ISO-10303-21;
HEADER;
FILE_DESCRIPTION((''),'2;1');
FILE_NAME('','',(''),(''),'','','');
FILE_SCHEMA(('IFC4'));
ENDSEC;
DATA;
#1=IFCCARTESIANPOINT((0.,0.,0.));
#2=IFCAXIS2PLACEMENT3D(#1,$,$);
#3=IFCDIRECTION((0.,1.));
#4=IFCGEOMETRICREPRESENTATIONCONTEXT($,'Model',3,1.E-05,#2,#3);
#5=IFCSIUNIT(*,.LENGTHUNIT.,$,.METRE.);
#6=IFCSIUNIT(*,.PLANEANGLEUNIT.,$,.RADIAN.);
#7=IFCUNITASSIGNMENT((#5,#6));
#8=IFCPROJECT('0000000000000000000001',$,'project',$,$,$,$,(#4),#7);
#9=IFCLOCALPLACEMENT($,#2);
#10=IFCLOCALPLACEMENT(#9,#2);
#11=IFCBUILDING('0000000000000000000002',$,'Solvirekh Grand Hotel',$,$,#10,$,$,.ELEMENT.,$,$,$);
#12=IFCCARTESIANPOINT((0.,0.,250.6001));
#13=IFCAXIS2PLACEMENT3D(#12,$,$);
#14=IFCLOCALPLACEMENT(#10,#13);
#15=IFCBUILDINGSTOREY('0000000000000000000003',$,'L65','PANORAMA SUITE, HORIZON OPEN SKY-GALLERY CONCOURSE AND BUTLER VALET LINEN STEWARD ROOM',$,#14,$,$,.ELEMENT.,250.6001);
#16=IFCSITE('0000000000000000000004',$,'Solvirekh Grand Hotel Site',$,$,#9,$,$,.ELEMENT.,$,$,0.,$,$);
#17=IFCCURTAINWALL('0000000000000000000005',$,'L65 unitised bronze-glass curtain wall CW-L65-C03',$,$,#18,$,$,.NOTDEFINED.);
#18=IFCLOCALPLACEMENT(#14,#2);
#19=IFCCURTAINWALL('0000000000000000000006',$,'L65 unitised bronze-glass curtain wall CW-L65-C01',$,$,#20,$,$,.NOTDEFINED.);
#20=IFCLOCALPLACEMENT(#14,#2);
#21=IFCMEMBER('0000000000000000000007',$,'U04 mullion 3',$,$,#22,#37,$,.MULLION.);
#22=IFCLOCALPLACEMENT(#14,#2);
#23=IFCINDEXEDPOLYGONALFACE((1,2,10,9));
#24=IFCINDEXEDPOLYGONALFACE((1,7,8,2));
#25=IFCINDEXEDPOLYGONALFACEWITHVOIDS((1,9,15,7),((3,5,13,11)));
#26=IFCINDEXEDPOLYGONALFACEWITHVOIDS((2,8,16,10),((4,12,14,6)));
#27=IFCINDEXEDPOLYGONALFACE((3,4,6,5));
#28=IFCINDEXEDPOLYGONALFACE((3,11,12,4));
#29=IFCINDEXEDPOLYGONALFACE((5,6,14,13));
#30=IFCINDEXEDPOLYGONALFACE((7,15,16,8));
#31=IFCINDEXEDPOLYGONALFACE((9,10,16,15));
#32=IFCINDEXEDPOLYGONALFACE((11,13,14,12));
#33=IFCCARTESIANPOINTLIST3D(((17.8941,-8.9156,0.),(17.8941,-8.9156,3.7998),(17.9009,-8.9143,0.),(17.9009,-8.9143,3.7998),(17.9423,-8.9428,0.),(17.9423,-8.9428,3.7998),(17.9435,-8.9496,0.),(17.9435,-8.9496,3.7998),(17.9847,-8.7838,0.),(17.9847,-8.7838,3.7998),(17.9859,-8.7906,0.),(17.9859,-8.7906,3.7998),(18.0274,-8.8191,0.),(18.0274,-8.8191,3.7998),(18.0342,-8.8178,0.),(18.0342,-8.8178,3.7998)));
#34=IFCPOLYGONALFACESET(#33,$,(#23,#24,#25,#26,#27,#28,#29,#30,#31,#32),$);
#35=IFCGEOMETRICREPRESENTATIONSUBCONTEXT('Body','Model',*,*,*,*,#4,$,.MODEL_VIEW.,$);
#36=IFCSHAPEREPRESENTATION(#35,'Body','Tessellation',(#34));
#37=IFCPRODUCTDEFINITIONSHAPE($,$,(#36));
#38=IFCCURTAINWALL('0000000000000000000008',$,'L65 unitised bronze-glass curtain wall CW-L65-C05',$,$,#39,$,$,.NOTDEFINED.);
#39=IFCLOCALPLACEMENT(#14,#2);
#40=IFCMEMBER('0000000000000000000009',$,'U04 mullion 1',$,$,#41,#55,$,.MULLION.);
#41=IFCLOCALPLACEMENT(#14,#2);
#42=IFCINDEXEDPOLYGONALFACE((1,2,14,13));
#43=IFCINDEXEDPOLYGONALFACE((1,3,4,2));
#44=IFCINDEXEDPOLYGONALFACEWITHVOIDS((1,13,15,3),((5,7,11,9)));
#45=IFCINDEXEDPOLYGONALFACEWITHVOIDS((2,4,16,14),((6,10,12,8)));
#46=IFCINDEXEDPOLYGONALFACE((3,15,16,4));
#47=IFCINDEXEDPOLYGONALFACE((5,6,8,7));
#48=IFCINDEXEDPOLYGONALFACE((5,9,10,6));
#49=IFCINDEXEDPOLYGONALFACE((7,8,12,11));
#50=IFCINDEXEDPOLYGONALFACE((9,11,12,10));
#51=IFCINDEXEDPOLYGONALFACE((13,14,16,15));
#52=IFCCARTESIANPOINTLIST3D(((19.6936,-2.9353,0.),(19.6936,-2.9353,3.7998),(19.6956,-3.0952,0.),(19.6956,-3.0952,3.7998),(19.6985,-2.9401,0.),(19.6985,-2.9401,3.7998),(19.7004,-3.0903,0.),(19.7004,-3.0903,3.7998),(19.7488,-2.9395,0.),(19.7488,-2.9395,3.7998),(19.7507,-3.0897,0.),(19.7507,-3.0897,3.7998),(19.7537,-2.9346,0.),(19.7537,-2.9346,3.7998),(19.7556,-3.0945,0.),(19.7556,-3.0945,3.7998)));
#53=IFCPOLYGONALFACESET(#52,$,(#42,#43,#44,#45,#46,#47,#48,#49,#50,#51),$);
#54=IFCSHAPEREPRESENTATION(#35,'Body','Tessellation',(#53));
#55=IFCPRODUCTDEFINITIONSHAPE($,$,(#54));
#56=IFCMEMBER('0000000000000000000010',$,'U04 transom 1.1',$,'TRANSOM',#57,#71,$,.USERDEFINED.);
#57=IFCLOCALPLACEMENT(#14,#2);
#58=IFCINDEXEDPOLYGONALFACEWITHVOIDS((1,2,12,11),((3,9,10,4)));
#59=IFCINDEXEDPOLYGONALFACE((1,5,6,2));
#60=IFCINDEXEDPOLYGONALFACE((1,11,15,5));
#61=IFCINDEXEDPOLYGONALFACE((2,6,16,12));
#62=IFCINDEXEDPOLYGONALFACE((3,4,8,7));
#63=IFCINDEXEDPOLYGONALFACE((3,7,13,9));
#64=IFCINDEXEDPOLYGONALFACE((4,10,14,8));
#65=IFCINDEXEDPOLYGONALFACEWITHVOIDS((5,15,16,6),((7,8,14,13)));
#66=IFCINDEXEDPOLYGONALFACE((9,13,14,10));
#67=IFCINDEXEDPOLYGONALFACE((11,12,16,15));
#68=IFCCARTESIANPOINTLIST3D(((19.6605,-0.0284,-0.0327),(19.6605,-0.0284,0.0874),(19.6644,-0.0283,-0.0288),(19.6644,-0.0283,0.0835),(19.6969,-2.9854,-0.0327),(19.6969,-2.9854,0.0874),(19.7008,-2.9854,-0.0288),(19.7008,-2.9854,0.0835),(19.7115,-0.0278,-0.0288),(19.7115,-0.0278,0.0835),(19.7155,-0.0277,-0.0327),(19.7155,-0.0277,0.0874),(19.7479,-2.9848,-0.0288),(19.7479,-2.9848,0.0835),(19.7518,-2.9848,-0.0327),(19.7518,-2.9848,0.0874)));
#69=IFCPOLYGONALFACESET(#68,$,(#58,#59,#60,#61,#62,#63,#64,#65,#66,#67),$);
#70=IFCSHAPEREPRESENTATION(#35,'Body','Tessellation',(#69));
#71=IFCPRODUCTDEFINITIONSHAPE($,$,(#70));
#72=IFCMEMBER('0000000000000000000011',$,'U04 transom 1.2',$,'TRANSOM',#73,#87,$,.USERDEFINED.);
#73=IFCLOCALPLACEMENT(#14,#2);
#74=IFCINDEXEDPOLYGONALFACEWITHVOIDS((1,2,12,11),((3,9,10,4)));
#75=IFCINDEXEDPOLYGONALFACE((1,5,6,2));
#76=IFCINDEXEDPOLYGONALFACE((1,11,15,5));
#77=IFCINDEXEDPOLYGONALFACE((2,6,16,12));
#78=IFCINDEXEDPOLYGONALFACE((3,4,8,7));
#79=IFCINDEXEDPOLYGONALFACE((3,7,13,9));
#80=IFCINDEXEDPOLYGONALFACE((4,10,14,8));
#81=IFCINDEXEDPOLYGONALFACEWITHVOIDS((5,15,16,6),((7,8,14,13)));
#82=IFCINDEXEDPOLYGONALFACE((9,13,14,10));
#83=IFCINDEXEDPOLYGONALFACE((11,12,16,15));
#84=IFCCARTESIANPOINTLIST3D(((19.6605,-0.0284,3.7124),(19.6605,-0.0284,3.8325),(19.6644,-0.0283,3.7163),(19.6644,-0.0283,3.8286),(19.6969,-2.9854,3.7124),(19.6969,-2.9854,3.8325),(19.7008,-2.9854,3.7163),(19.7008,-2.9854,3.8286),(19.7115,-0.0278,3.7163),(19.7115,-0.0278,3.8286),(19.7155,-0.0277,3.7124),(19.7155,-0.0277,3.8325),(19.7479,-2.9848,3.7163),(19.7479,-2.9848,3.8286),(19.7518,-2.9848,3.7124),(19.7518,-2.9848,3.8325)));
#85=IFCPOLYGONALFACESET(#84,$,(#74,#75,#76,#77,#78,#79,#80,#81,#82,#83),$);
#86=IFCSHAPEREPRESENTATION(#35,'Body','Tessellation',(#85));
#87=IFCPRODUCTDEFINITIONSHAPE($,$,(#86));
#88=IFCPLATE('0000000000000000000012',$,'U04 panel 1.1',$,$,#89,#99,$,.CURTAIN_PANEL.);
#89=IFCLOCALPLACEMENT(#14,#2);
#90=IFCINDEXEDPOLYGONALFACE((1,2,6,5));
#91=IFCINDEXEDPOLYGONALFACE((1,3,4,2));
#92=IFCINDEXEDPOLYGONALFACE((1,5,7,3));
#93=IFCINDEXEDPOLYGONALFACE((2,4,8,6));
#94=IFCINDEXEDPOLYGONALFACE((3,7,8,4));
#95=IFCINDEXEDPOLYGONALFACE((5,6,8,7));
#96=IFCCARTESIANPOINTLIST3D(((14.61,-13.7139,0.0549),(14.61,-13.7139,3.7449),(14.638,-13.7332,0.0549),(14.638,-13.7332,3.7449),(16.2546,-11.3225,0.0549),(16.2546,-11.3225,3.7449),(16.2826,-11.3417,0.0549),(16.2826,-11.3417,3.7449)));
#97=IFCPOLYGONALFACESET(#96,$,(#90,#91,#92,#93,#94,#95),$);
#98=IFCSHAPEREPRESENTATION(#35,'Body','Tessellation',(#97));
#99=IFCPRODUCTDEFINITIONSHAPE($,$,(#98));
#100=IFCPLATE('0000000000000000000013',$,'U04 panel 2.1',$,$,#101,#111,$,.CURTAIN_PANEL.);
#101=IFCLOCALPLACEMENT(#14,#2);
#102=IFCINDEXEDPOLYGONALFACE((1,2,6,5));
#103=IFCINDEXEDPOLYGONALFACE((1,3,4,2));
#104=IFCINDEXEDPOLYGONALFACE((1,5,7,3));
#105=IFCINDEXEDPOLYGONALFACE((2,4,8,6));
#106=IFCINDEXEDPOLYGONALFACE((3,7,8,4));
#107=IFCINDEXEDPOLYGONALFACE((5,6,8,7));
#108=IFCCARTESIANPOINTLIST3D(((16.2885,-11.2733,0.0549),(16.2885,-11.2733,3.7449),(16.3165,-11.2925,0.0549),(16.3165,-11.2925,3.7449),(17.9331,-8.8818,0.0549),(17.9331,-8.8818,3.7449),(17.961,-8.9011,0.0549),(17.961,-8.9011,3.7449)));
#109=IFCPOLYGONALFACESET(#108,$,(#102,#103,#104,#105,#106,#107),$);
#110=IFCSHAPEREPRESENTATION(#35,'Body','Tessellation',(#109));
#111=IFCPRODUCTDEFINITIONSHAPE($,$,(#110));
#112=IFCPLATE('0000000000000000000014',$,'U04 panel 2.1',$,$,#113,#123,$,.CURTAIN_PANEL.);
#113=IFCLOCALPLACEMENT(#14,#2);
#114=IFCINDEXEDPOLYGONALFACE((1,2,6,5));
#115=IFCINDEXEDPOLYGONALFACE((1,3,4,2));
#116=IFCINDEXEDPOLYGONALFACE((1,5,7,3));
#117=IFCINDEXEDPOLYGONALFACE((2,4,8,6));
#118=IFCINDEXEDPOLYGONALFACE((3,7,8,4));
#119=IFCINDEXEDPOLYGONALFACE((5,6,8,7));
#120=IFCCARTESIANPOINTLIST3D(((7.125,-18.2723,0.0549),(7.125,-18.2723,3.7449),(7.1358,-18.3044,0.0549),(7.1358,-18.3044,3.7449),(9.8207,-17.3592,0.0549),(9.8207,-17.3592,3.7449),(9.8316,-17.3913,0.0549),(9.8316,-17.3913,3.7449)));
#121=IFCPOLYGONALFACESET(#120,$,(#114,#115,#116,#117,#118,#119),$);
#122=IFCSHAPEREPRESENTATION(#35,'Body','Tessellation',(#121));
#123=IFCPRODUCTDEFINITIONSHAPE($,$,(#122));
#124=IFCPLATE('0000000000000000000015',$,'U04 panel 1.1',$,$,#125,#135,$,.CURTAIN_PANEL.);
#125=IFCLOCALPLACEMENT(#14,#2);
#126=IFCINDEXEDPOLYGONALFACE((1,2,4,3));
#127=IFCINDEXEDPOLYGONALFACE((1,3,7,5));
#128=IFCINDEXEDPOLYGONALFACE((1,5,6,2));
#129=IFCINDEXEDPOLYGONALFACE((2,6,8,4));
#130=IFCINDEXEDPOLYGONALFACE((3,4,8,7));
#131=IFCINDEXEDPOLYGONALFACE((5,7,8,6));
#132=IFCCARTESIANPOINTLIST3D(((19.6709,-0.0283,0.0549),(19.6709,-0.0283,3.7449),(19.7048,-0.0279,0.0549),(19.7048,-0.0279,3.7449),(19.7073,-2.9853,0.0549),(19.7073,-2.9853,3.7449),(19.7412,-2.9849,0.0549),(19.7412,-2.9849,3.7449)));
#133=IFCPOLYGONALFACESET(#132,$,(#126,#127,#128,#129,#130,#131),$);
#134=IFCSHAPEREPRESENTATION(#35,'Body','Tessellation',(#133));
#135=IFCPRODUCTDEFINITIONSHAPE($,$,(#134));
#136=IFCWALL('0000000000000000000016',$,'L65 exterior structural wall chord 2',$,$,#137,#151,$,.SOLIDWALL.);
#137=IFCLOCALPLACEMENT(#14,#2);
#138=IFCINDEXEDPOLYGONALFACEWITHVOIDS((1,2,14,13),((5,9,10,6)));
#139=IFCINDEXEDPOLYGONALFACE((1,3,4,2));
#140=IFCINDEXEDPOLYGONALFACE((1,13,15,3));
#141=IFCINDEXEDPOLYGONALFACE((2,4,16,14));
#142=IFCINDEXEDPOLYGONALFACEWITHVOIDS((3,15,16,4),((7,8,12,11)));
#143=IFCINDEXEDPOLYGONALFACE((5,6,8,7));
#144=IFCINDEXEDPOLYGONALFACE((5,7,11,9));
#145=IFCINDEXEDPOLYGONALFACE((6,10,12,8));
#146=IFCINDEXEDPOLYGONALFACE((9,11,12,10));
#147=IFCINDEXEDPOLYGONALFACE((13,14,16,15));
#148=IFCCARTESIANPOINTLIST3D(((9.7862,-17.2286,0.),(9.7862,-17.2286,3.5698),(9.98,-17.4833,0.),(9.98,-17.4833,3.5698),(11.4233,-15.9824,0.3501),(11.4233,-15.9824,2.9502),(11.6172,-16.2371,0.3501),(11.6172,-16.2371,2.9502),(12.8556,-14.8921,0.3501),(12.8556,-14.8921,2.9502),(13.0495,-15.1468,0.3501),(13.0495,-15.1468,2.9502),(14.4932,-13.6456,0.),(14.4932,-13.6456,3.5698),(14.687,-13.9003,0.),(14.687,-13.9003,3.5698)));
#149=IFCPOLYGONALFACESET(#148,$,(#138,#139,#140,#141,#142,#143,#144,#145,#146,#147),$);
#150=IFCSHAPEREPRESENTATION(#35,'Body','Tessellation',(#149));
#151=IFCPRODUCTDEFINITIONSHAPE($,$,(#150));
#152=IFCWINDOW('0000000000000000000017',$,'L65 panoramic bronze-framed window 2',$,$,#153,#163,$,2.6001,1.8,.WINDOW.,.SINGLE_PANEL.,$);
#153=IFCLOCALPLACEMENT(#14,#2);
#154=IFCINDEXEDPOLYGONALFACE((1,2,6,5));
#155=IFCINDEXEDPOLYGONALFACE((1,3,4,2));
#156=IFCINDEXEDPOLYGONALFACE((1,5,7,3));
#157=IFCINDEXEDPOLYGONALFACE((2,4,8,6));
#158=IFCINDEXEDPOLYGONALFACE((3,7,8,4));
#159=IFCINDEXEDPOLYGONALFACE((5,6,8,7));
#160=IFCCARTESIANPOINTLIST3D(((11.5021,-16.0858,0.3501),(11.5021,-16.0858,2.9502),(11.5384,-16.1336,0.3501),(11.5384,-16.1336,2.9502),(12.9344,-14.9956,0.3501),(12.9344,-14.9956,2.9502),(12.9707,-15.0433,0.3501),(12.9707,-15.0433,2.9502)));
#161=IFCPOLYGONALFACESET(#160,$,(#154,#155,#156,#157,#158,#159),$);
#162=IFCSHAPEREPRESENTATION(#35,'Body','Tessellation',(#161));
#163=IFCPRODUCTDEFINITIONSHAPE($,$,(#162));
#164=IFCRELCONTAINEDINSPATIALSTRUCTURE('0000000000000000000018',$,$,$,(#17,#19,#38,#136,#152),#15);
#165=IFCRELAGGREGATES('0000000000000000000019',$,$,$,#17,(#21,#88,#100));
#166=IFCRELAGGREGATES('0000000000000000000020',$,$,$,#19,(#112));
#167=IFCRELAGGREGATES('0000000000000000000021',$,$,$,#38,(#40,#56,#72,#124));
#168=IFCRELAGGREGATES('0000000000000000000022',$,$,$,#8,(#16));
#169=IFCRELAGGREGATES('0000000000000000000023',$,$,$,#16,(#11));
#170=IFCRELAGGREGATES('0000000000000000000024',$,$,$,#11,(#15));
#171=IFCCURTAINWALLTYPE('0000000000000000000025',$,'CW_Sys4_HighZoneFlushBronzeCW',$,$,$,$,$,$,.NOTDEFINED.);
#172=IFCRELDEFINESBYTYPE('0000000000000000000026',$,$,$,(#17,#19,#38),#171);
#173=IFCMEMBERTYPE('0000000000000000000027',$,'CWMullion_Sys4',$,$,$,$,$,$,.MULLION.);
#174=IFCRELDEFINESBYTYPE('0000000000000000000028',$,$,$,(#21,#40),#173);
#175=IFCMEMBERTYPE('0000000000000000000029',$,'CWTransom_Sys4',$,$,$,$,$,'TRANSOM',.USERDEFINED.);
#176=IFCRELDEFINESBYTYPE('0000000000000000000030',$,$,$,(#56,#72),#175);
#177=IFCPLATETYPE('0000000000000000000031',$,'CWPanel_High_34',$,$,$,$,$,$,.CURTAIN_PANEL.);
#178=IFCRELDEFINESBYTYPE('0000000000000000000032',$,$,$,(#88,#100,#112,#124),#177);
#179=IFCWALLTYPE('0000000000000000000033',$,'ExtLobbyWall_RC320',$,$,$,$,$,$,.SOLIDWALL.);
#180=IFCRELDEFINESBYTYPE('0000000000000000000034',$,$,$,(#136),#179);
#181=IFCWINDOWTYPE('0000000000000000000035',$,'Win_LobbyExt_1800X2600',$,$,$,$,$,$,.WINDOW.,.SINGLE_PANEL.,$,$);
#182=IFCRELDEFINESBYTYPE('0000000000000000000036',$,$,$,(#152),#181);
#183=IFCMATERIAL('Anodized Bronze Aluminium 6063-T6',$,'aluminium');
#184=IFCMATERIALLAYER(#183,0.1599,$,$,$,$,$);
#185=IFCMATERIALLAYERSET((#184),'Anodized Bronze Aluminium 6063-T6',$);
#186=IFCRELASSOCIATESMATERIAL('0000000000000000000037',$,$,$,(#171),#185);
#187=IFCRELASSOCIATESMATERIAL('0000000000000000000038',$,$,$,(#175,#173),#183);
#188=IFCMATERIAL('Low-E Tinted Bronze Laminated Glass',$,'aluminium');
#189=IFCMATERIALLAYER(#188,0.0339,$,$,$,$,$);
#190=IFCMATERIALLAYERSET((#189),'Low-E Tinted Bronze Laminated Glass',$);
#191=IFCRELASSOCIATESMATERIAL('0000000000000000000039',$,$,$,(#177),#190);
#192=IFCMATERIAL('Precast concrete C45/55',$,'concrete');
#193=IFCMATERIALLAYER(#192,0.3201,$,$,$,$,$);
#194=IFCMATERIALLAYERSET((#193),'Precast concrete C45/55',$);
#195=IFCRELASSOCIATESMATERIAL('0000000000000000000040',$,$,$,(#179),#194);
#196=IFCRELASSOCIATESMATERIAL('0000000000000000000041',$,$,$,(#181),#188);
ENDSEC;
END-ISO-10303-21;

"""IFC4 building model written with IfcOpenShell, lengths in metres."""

from ifc_helpers import new_model, si_unit, direction, frame, frame_2d, origin, origin_2d, place, context, subcontext, project, spatial, rectangle, hollow_rectangle, extrude, source, transform, mapped, material, layer, layer_set, material_profile, profile_set, type_object, element, fill, aggregate, save


model = new_model("IFC4")

# Units and contexts
model_context = context("Model", 3, precision=1e-05, world=origin(), true_north=direction((0.0, 1.0)))
body_context = subcontext(model_context, "Body", "Model", "MODEL_VIEW")
ifc_project = project(units=[si_unit("LENGTHUNIT", "METRE"), si_unit("PLANEANGLEUNIT", "RADIAN")], contexts=[model_context])

# Site, building, storey
site_placement = place(None, origin())
site = spatial("IfcSite", under=ifc_project, at=site_placement, Name="Solvirekh Grand Hotel Site", CompositionType="ELEMENT", RefElevation=0.0)
building_placement = place(site_placement, origin())
building = spatial("IfcBuilding", under=site, at=building_placement, Name="Solvirekh Grand Hotel", CompositionType="ELEMENT")
storey_placement = place(building_placement, frame((0.0, 0.0, 250.6001)))
storey = spatial("IfcBuildingStorey", under=building, at=storey_placement, Name="L65", Description="PANORAMA SUITE, HORIZON OPEN SKY-GALLERY CONCOURSE AND BUTLER VALET LINEN STEWARD ROOM", CompositionType="ELEMENT", Elevation=250.6001)

# Curtain wall
ifc_material_1 = material(Name="Anodized Bronze Aluminium 6063-T6", Category="aluminium")
ifc_layer_1 = layer(ifc_material_1, 0.1599)
ifc_layer_set_1 = layer_set([ifc_layer_1], Name="Anodized Bronze Aluminium 6063-T6")
curtain_wall_type = type_object("IfcCurtainWallType", Name="CW_Sys4_HighZoneFlushBronzeCW", PredefinedType="NOTDEFINED", material=ifc_layer_set_1)
curtain_wall_1_placement = place(storey_placement, origin())
curtain_wall_1 = element("IfcCurtainWall", 1, at=curtain_wall_1_placement, inside=storey, type_object=curtain_wall_type, Name="L65 unitised bronze-glass curtain wall CW-L65-C03", PredefinedType="NOTDEFINED")
ifc_material_profile_1 = material_profile(ifc_material_1, hollow_rectangle(XDim=0.0549, YDim=0.1201, WallThickness=0.0039, at=origin_2d()), Name="ALU RHS 120X55X4")
ifc_profile_set_1 = profile_set([ifc_material_profile_1], Name="Anodized Bronze Aluminium 6063-T6")
member_type_1 = type_object("IfcMemberType", Name="CWTransom_Sys4", ElementType="TRANSOM", PredefinedType="USERDEFINED", material=ifc_profile_set_1)

# Curtain wall
curtain_wall_2_placement = place(storey_placement, origin())
curtain_wall_2 = element("IfcCurtainWall", 2, at=curtain_wall_2_placement, inside=storey, type_object=curtain_wall_type, Name="L65 unitised bronze-glass curtain wall CW-L65-C01", PredefinedType="NOTDEFINED")
ifc_material_profile_2 = material_profile(ifc_material_1, hollow_rectangle(XDim=0.0601, YDim=0.1599, WallThickness=0.0049, at=origin_2d()), Name="ALU RHS 160X60X5")
ifc_profile_set_2 = profile_set([ifc_material_profile_2], Name="Anodized Bronze Aluminium 6063-T6")
member_type_2 = type_object("IfcMemberType", Name="CWMullion_Sys4", PredefinedType="MULLION", material=ifc_profile_set_2)
shared_shape_1 = source(origin(), body_context, "Body", "SweptSolid", [
    extrude(hollow_rectangle(XDim=0.0601, YDim=0.1599, WallThickness=0.0049, at=origin_2d()), origin(), (0.0, 0.0, 1.0), 3.7998),
])

# Member
member_1_placement = place(storey_placement, frame((17.9641, -8.8667, 0.0), z_axis=(0.0, 0.0, 1.0), x_axis=(-0.823969, 0.566635, 0.0)))
member_1 = element("IfcMember", 3, at=member_1_placement, type_object=member_type_2, Name="U04 mullion 3", PredefinedType="MULLION", context=body_context, shape_type="MappedRepresentation", body=[
    mapped(shared_shape_1, transform((0.0, 0.0, 0.0), x_axis=(1.0, 0.0, 0.0), y_axis=(0.0, 1.0, 0.0), z_axis=(0.0, 0.0, 1.0), scale=1.0)),
])

# Curtain wall, members
curtain_wall_3_placement = place(storey_placement, origin())
curtain_wall_3 = element("IfcCurtainWall", 4, at=curtain_wall_3_placement, inside=storey, type_object=curtain_wall_type, Name="L65 unitised bronze-glass curtain wall CW-L65-C05", PredefinedType="NOTDEFINED")
member_2_placement = place(storey_placement, frame((19.7246, -3.0149, 0.0), z_axis=(0.0, 0.0, 1.0), x_axis=(-0.999924, -0.012306, 0.0)))
member_2 = element("IfcMember", 5, at=member_2_placement, type_object=member_type_2, Name="U04 mullion 1", PredefinedType="MULLION", context=body_context, shape_type="MappedRepresentation", body=[
    mapped(shared_shape_1, transform((0.0, 0.0, 0.0), x_axis=(1.0, 0.0, 0.0), y_axis=(0.0, 1.0, 0.0), z_axis=(0.0, 0.0, 1.0), scale=1.0)),
])
shared_shape_2 = source(origin(), body_context, "Body", "SweptSolid", [
    extrude(hollow_rectangle(XDim=0.0549, YDim=0.1201, WallThickness=0.0039, at=origin_2d()), origin(), (0.0, 0.0, 1.0), 2.9573),
])
member_3_placement = place(storey_placement, frame((19.7244, -2.9851, 0.0273), z_axis=(-0.012301, 0.999924, 0.0), x_axis=(-0.999924, -0.012301, 0.0)))
member_3 = element("IfcMember", 6, at=member_3_placement, type_object=member_type_1, Name="U04 transom 1.1", ObjectType="TRANSOM", PredefinedType="USERDEFINED", context=body_context, shape_type="MappedRepresentation", body=[
    mapped(shared_shape_2, transform((0.0, 0.0, 0.0), x_axis=(1.0, 0.0, 0.0), y_axis=(0.0, 1.0, 0.0), z_axis=(0.0, 0.0, 1.0), scale=1.0)),
])
member_4_placement = place(storey_placement, frame((19.7244, -2.9851, 3.7725), z_axis=(-0.012301, 0.999924, 0.0), x_axis=(-0.999924, -0.012301, 0.0)))
member_4 = element("IfcMember", 7, at=member_4_placement, type_object=member_type_1, Name="U04 transom 1.2", ObjectType="TRANSOM", PredefinedType="USERDEFINED", context=body_context, shape_type="MappedRepresentation", body=[
    mapped(shared_shape_2, transform((0.0, 0.0, 0.0), x_axis=(1.0, 0.0, 0.0), y_axis=(0.0, 1.0, 0.0), z_axis=(0.0, 0.0, 1.0), scale=1.0)),
])

# Plates
ifc_material_2 = material(Name="Low-E Tinted Bronze Laminated Glass", Category="aluminium")
ifc_layer_2 = layer(ifc_material_2, 0.0339)
ifc_layer_set_2 = layer_set([ifc_layer_2], Name="Low-E Tinted Bronze Laminated Glass")
plate_type = type_object("IfcPlateType", Name="CWPanel_High_34", PredefinedType="CURTAIN_PANEL", material=ifc_layer_set_2)
shared_shape_3 = source(origin(), body_context, "Body", "SweptSolid", [
    extrude(rectangle(XDim=2.9023, YDim=0.0339, at=origin_2d()), origin(), (0.0, 0.0, 1.0), 3.6899),
])
plate_1_placement = place(storey_placement, frame((15.4463, -12.5278, 0.0549), z_axis=(0.0, 0.0, 1.0), x_axis=(0.566635, 0.823969, 0.0)))
plate_1 = element("IfcPlate", 8, at=plate_1_placement, type_object=plate_type, Name="U04 panel 1.1", PredefinedType="CURTAIN_PANEL", context=body_context, shape_type="MappedRepresentation", body=[
    mapped(shared_shape_3, transform((0.0, 0.0, 0.0), x_axis=(1.0, 0.0, 0.0), y_axis=(0.0, 1.0, 0.0), z_axis=(0.0, 0.0, 1.0), scale=1.0)),
])
plate_2_placement = place(storey_placement, frame((17.1248, -10.0872, 0.0549), z_axis=(0.0, 0.0, 1.0), x_axis=(0.566635, 0.823969, 0.0)))
plate_2 = element("IfcPlate", 9, at=plate_2_placement, type_object=plate_type, Name="U04 panel 2.1", PredefinedType="CURTAIN_PANEL", context=body_context, shape_type="MappedRepresentation", body=[
    mapped(shared_shape_3, transform((0.0, 0.0, 0.0), x_axis=(1.0, 0.0, 0.0), y_axis=(0.0, 1.0, 0.0), z_axis=(0.0, 0.0, 1.0), scale=1.0)),
])
aggregate(curtain_wall_1, [member_1, plate_1, plate_2])
shared_shape_4 = source(origin(), body_context, "Body", "SweptSolid", [
    extrude(rectangle(XDim=2.8462, YDim=0.0339, at=origin_2d()), origin(), (0.0, 0.0, 1.0), 3.6899),
])
plate_3_placement = place(storey_placement, frame((8.4783, -17.8318, 0.0549), z_axis=(0.0, 0.0, 1.0), x_axis=(0.94714, 0.320822, 0.0)))
plate_3 = element("IfcPlate", 10, at=plate_3_placement, type_object=plate_type, Name="U04 panel 2.1", PredefinedType="CURTAIN_PANEL", context=body_context, shape_type="MappedRepresentation", body=[
    mapped(shared_shape_4, transform((0.0, 0.0, 0.0), x_axis=(1.0, 0.0, 0.0), y_axis=(0.0, 1.0, 0.0), z_axis=(0.0, 0.0, 1.0), scale=1.0)),
])
aggregate(curtain_wall_2, [plate_3])
shared_shape_5 = source(origin(), body_context, "Body", "SweptSolid", [
    extrude(rectangle(XDim=2.9573, YDim=0.0339, at=origin_2d()), origin(), (0.0, 0.0, 1.0), 3.6899),
])
plate_4_placement = place(storey_placement, frame((19.7061, -1.5066, 0.0549), z_axis=(0.0, 0.0, 1.0), x_axis=(-0.012306, 0.999924, 0.0)))
plate_4 = element("IfcPlate", 11, at=plate_4_placement, type_object=plate_type, Name="U04 panel 1.1", PredefinedType="CURTAIN_PANEL", context=body_context, shape_type="MappedRepresentation", body=[
    mapped(shared_shape_5, transform((0.0, 0.0, 0.0), x_axis=(1.0, 0.0, 0.0), y_axis=(0.0, 1.0, 0.0), z_axis=(0.0, 0.0, 1.0), scale=1.0)),
])
aggregate(curtain_wall_3, [member_2, member_3, member_4, plate_4])

# Wall, opening, window
ifc_material_3 = material(Name="Precast concrete C45/55", Category="concrete")
ifc_layer_3 = layer(ifc_material_3, 0.3201)
ifc_layer_set_3 = layer_set([ifc_layer_3], Name="Precast concrete C45/55")
wall_type_1 = type_object("IfcWallType", Name="ExtLobbyWall_RC320", PredefinedType="SOLIDWALL", material=ifc_layer_set_3)
wall_1_placement = place(storey_placement, frame((14.5901, -13.7729, 0.0), z_axis=(0.0, 0.0, 1.0), x_axis=(-0.795701, -0.60569, 0.0)))
wall_1 = element("IfcWall", 12, at=wall_1_placement, inside=storey, type_object=wall_type_1, Name="L65 exterior structural wall chord 2", PredefinedType="SOLIDWALL", context=body_context, shape_type="SweptSolid", body=[
    extrude(rectangle(XDim=5.9155, YDim=0.3201, at=frame_2d((2.9578, 0.0))), origin(), (0.0, 0.0, 1.0), 3.5698),
])
opening_1_placement = place(wall_1_placement, frame((2.0581, 0.0, 0.3501)))
opening_1 = element("IfcOpeningElement", 13, at=opening_1_placement, cuts=wall_1, PredefinedType="OPENING", context=body_context, shape_type="SweptSolid", body=[
    extrude(rectangle(XDim=1.8, YDim=2.6001, at=frame_2d((0.8999, 1.3))), frame((0.0, 0.1699, 0.0), z_axis=(0.0, -1.0, 0.0), x_axis=(1.0, 0.0, 0.0)), (0.0, 0.0, 1.0), 0.3401),
])
window_type = type_object("IfcWindowType", Name="Win_LobbyExt_1800X2600", PartitioningType="SINGLE_PANEL", PredefinedType="WINDOW", material=ifc_material_2)
window_1_placement = place(opening_1_placement, origin())
window_1 = element("IfcWindow", 14, at=window_1_placement, inside=storey, type_object=window_type, Name="L65 panoramic bronze-framed window 2", OverallHeight=2.6001, OverallWidth=1.8, PartitioningType="SINGLE_PANEL", PredefinedType="WINDOW", context=body_context, shape_type="SweptSolid", body=[
    extrude(rectangle(XDim=1.8, YDim=2.6001, at=frame_2d((0.8999, 1.3))), frame((0.0, 0.03, 0.0), z_axis=(0.0, -1.0, 0.0), x_axis=(1.0, 0.0, 0.0)), (0.0, 0.0, 1.0), 0.0601),
])
fill(opening_1, window_1)

save(model, "model.ifc")
